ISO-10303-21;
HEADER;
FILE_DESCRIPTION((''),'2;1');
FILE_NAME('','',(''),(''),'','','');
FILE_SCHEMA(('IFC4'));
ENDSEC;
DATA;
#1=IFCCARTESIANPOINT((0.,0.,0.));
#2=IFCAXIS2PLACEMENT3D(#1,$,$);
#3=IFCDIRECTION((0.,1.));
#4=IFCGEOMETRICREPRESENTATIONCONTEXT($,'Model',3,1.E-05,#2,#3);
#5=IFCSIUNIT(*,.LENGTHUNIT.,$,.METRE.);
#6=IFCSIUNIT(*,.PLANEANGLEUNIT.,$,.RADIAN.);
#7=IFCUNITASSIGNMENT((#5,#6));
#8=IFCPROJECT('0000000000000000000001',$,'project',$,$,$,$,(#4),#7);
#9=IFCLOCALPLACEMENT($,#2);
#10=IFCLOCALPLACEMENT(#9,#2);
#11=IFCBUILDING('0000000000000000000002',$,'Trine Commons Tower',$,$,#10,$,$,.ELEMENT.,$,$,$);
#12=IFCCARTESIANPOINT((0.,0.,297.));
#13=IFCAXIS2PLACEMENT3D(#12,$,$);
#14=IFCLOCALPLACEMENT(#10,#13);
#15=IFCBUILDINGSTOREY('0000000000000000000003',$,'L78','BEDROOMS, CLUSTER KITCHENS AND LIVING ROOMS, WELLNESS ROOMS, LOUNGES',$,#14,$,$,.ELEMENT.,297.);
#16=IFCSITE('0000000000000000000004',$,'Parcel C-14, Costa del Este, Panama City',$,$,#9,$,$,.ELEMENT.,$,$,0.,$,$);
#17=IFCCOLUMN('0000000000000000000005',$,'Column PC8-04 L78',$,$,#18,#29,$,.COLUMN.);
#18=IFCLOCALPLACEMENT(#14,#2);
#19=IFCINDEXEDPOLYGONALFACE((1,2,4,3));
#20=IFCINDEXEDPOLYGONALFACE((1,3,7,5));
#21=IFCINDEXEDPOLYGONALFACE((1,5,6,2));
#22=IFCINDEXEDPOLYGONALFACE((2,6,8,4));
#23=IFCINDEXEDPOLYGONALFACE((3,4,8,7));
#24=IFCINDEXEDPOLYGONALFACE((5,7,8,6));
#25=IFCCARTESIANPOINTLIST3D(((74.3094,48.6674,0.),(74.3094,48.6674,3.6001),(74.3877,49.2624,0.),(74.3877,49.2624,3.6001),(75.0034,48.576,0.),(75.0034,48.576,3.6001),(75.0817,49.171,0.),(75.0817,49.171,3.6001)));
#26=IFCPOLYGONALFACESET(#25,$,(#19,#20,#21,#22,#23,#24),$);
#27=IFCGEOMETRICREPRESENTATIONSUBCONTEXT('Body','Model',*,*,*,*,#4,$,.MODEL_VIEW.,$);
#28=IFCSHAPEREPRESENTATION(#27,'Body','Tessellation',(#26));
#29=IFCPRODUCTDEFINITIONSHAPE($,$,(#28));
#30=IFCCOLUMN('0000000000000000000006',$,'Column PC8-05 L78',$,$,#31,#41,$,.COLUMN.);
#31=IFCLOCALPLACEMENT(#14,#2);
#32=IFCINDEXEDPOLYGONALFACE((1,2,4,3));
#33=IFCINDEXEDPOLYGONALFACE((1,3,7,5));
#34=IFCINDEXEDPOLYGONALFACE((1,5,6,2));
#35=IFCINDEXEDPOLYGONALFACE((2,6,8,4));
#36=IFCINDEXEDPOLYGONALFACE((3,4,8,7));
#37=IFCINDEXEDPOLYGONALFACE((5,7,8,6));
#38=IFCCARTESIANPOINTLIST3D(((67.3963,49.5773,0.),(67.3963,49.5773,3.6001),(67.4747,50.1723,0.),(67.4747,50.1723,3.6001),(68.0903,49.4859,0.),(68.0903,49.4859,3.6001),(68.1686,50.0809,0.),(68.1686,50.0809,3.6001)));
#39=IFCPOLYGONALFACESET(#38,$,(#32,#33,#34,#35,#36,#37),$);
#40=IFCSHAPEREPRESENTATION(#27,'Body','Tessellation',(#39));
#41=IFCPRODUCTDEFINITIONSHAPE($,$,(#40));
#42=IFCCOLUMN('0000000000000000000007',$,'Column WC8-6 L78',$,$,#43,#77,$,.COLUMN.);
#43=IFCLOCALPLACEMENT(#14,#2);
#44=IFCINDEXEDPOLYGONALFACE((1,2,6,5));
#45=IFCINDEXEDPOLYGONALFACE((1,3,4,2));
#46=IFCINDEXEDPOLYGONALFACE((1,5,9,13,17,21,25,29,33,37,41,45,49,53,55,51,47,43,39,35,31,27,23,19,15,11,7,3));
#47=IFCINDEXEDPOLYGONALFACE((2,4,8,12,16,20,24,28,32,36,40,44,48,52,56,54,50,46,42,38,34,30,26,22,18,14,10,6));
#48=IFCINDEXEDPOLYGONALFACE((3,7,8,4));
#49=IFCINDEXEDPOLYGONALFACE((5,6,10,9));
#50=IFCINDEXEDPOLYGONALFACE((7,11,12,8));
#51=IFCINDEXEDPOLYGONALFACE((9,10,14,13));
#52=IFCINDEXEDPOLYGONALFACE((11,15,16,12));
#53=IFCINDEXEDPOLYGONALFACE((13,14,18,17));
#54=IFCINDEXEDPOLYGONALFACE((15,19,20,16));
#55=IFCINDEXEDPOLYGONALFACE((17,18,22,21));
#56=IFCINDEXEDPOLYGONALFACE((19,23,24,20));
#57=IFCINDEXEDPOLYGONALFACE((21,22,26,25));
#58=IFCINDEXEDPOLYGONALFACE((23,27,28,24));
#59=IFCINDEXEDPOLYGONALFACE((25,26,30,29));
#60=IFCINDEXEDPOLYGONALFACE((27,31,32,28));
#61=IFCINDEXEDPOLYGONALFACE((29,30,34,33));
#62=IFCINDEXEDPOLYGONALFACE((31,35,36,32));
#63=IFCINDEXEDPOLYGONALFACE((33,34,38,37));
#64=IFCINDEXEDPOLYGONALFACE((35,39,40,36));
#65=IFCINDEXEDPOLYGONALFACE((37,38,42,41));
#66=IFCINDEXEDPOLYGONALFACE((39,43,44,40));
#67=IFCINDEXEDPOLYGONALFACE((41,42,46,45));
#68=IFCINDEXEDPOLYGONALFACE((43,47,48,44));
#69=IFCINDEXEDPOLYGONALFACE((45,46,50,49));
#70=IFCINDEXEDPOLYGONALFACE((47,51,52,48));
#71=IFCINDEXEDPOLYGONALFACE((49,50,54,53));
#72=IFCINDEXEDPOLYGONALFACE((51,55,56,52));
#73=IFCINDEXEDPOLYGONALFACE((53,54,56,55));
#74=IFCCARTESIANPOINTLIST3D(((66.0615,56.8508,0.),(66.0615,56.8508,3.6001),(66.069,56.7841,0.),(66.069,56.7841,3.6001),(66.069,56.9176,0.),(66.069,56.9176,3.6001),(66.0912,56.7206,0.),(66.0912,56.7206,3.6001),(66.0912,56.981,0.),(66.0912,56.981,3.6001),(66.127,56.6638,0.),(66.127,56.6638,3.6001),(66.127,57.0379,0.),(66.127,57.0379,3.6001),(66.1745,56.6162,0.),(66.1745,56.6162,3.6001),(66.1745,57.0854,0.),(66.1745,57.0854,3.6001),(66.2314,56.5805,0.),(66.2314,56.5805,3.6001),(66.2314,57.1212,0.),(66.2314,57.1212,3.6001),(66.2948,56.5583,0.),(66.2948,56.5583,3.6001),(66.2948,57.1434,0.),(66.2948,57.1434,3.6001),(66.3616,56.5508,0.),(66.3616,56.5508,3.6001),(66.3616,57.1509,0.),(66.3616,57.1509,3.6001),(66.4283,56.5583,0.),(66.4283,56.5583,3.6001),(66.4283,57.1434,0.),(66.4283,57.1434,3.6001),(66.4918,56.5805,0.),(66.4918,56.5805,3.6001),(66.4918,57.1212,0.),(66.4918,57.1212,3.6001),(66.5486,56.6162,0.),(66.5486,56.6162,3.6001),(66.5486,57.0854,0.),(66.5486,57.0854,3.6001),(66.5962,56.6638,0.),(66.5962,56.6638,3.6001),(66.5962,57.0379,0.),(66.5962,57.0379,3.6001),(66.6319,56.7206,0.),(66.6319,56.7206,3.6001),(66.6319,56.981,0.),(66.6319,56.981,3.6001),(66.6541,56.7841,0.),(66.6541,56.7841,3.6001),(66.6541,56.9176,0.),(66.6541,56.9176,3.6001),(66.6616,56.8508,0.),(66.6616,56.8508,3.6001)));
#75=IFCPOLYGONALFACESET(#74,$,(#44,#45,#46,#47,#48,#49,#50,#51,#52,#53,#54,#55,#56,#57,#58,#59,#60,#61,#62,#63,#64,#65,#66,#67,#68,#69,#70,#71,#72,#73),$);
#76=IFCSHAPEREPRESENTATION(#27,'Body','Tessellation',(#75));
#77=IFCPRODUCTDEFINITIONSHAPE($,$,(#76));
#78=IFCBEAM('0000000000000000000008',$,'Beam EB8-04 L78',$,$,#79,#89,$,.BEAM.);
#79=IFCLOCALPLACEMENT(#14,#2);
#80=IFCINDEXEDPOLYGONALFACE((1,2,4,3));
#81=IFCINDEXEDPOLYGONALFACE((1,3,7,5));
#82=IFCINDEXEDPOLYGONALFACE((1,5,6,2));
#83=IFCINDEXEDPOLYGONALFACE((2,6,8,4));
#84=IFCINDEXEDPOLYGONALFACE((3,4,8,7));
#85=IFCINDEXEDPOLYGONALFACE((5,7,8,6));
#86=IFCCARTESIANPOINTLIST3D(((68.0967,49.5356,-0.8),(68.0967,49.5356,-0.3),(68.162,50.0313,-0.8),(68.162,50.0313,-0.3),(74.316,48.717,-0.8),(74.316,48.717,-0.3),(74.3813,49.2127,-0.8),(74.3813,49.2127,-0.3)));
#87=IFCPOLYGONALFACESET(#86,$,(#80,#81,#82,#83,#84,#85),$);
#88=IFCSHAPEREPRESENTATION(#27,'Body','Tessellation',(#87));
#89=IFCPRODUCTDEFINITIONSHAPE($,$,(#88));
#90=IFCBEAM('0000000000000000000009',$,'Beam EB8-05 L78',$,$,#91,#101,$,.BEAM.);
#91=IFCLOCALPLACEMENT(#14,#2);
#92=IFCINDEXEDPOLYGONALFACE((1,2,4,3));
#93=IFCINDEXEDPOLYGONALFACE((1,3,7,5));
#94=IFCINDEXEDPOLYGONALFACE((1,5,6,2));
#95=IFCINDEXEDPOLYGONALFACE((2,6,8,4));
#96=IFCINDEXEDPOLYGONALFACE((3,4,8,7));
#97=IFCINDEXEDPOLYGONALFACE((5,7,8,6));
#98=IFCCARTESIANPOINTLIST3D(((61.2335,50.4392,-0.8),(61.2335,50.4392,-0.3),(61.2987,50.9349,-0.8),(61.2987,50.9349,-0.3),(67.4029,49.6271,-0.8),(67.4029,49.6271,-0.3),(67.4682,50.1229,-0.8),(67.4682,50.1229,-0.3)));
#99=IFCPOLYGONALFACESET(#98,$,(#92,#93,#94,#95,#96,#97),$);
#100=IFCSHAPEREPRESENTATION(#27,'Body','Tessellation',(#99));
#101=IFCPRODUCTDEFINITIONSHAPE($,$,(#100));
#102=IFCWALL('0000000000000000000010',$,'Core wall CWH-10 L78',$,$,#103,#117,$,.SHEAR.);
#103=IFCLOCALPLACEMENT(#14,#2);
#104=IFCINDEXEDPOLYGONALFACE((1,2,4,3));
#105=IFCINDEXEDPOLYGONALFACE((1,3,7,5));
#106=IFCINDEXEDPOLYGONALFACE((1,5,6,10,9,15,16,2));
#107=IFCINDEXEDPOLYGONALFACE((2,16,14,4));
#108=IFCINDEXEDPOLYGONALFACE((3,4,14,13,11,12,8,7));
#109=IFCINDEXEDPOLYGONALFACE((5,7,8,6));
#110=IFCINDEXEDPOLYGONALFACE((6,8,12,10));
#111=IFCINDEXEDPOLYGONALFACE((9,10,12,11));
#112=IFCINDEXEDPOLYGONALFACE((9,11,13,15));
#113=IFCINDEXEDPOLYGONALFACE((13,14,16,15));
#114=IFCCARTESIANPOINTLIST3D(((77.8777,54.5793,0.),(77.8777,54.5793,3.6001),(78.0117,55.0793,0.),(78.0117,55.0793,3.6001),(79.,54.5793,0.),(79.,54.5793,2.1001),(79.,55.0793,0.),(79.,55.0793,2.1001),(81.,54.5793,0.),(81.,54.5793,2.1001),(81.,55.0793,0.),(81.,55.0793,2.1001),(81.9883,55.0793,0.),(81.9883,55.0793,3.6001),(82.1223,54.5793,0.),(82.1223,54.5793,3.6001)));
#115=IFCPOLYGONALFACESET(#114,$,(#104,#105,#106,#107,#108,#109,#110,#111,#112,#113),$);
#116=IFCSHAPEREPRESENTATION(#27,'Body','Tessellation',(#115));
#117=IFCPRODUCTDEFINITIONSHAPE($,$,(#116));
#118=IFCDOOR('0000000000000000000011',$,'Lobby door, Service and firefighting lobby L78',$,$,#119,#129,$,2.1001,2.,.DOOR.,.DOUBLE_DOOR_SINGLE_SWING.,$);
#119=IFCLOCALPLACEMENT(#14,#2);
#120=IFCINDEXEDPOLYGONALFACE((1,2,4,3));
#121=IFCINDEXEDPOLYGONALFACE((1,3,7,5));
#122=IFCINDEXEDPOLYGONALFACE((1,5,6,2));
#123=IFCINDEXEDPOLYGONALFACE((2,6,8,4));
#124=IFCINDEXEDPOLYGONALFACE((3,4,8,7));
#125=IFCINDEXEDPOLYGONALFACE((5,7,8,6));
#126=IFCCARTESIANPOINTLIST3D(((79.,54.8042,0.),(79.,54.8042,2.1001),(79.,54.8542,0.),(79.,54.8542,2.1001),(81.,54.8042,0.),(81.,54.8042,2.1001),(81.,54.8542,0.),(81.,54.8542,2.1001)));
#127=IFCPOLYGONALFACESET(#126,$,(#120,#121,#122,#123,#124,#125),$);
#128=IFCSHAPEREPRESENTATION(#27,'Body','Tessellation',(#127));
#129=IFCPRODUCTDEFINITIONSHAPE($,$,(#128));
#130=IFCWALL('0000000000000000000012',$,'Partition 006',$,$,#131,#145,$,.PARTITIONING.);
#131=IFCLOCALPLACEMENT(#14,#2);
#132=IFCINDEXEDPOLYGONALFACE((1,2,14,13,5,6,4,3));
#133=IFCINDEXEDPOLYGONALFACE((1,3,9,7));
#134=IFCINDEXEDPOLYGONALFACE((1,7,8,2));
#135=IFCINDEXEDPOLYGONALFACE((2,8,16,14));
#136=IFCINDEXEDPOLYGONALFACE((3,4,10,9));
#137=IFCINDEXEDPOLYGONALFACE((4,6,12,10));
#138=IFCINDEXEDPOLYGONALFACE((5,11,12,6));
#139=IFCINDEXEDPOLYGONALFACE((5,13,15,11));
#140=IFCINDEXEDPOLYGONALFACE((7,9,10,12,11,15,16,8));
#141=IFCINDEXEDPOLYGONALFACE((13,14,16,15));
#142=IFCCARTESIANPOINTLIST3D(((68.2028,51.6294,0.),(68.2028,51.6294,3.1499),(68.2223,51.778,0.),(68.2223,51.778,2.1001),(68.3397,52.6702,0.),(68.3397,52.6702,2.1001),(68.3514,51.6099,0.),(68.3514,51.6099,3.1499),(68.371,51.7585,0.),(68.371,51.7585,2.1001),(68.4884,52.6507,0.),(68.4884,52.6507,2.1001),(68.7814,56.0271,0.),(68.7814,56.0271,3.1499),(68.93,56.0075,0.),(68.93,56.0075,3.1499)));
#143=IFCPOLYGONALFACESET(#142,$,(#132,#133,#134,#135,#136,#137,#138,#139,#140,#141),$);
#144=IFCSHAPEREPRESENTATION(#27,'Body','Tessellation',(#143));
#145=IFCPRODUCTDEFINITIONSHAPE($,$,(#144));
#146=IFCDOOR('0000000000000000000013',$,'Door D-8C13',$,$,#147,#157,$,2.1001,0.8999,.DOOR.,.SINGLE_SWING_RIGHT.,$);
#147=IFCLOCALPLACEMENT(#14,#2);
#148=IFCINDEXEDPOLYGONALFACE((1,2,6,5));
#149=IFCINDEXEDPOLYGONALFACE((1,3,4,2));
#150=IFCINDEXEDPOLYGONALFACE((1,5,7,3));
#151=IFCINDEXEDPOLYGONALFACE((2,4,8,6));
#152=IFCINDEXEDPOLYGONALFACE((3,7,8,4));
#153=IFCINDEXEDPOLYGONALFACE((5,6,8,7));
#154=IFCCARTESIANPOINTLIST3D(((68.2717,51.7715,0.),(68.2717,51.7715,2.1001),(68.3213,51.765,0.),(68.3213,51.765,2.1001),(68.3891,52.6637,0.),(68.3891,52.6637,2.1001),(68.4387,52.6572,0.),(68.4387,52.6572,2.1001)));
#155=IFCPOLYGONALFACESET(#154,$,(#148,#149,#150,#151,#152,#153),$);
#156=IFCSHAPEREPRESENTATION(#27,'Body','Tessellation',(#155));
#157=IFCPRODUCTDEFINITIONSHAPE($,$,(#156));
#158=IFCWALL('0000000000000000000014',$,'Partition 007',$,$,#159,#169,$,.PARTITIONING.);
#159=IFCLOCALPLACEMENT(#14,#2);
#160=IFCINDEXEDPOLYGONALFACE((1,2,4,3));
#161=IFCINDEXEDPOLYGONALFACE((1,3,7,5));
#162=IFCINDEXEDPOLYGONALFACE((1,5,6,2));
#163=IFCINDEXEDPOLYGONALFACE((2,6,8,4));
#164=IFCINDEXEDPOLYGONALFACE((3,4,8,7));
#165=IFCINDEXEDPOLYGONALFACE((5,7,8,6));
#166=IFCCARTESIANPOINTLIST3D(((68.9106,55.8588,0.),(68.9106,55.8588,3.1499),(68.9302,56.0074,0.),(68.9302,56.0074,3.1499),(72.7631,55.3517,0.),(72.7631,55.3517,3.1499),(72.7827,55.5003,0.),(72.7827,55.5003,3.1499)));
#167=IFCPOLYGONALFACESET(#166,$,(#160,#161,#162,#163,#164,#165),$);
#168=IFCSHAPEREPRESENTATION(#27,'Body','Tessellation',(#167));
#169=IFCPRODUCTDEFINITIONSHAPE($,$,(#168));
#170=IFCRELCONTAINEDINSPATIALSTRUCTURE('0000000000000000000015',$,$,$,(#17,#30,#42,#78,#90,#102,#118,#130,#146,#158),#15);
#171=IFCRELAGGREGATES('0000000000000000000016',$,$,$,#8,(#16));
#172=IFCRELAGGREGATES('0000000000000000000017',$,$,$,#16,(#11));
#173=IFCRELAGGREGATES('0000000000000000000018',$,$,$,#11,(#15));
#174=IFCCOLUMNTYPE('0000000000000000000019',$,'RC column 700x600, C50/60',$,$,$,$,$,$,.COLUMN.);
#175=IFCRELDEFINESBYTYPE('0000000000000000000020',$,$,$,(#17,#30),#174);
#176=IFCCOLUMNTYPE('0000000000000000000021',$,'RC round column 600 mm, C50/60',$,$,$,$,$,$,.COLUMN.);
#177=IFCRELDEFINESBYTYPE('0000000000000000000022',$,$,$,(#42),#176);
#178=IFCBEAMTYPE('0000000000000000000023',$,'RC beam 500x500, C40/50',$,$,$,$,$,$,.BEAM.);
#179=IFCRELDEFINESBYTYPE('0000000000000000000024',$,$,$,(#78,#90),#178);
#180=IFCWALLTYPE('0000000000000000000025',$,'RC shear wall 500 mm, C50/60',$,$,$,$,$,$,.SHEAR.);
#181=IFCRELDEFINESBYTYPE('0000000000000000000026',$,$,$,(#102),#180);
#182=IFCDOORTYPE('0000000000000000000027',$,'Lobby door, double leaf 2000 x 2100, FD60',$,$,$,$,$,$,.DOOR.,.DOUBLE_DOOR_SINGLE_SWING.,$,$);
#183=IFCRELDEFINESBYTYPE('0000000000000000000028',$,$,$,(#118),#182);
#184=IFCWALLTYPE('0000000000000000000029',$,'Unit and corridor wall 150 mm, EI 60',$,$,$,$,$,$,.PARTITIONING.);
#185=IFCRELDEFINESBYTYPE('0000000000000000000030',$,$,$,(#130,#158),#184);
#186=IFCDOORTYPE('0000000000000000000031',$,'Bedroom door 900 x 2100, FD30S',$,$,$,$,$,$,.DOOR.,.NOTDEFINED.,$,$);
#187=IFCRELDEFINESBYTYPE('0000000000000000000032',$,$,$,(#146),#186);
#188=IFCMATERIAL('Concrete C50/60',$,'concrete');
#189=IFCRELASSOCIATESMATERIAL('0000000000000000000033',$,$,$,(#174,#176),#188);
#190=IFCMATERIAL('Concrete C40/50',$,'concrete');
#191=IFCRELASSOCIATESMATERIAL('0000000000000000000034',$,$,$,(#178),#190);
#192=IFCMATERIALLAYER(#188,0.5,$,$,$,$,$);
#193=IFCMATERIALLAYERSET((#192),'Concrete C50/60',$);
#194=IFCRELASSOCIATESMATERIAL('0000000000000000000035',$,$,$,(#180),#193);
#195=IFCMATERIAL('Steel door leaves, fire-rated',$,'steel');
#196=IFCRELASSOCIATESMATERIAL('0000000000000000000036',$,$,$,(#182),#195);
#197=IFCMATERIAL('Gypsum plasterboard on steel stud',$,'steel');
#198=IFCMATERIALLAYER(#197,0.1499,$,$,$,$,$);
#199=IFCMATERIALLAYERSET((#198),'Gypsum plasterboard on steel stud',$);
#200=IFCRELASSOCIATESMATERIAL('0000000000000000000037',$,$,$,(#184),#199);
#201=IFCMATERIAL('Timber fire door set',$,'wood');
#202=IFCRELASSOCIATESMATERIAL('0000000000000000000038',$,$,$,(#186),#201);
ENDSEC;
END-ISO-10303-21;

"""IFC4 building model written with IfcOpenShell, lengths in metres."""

from ifc_helpers import new_model, si_unit, direction, frame, frame_2d, origin, origin_2d, place, context, subcontext, project, spatial, polyline, rectangle, circle, outline, extrude, material, layer, layer_set, material_profile, profile_set, type_object, element, fill, save


model = new_model("IFC4")

# Units and contexts
model_context = context("Model", 3, precision=1e-05, world=origin(), true_north=direction((0.0, 1.0)))
body_context = subcontext(model_context, "Body", "Model", "MODEL_VIEW")
ifc_project = project(units=[si_unit("LENGTHUNIT", "METRE"), si_unit("PLANEANGLEUNIT", "RADIAN")], contexts=[model_context])

# Site, building, storey
site_placement = place(None, origin())
site = spatial("IfcSite", under=ifc_project, at=site_placement, Name="Parcel C-14, Costa del Este, Panama City", CompositionType="ELEMENT", RefElevation=0.0)
building_placement = place(site_placement, origin())
building = spatial("IfcBuilding", under=site, at=building_placement, Name="Trine Commons Tower", CompositionType="ELEMENT")
storey_placement = place(building_placement, frame((0.0, 0.0, 297.0)))
storey = spatial("IfcBuildingStorey", under=building, at=storey_placement, Name="L78", Description="BEDROOMS, CLUSTER KITCHENS AND LIVING ROOMS, WELLNESS ROOMS, LOUNGES", CompositionType="ELEMENT", Elevation=297.0)

# Columns
ifc_material_1 = material(Name="Concrete C50/60", Category="concrete")
ifc_material_profile_1 = material_profile(ifc_material_1, rectangle(XDim=0.7, YDim=0.6001, at=origin_2d()), Name="RC 700x600")
ifc_profile_set_1 = profile_set([ifc_material_profile_1], Name="Concrete C50/60")
column_type_1 = type_object("IfcColumnType", Name="RC column 700x600, C50/60", PredefinedType="COLUMN", material=ifc_profile_set_1)
for number, where, z_axis, x_axis, name in (
    (1, (74.6956, 48.9192, 0.0), (0.0, 0.0, 1.0), (-0.991445, 0.130526, 0.0), "Column PC8-04 L78"),
    (2, (67.7825, 49.8291, 0.0), (0.0, 0.0, 1.0), (-0.991445, 0.130526, 0.0), "Column PC8-05 L78"),
):
    element("IfcColumn", number, at=place(storey_placement, frame(where, z_axis=z_axis, x_axis=x_axis)), inside=storey, type_object=column_type_1, Name=name, PredefinedType="COLUMN", context=body_context, shape_type="SweptSolid", body=[
        extrude(rectangle(XDim=0.7, YDim=0.6001, at=origin_2d()), origin(), (0.0, 0.0, 1.0), 3.6001),
    ])
ifc_material_profile_2 = material_profile(ifc_material_1, circle(Radius=0.3, at=origin_2d()), Name="RC round 600")
ifc_profile_set_2 = profile_set([ifc_material_profile_2], Name="Concrete C50/60")
column_type_2 = type_object("IfcColumnType", Name="RC round column 600 mm, C50/60", PredefinedType="COLUMN", material=ifc_profile_set_2)
column_placement = place(storey_placement, frame((66.3616, 56.8508, 0.0), z_axis=(0.0, 0.0, 1.0), x_axis=(1.0, 0.0, 0.0)))
element("IfcColumn", 3, at=column_placement, inside=storey, type_object=column_type_2, Name="Column WC8-6 L78", PredefinedType="COLUMN", context=body_context, shape_type="SweptSolid", body=[
    extrude(circle(Radius=0.3, at=origin_2d()), origin(), (0.0, 0.0, 1.0), 3.6001),
])

# Beams
ifc_material_2 = material(Name="Concrete C40/50", Category="concrete")
ifc_material_profile_3 = material_profile(ifc_material_2, rectangle(XDim=0.5, YDim=0.5, at=origin_2d()), Name="RC 500x500")
ifc_profile_set_3 = profile_set([ifc_material_profile_3], Name="Concrete C40/50")
beam_type = type_object("IfcBeamType", Name="RC beam 500x500, C40/50", PredefinedType="BEAM", material=ifc_profile_set_3)
beam_1_placement = place(storey_placement, frame((74.3486, 48.9648, -0.55), z_axis=(-0.991448, 0.130499, 0.0), x_axis=(-0.130499, -0.991448, 0.0)))
element("IfcBeam", 4, at=beam_1_placement, inside=storey, type_object=beam_type, Name="Beam EB8-04 L78", PredefinedType="BEAM", context=body_context, shape_type="SweptSolid", body=[
    extrude(rectangle(XDim=0.5, YDim=0.5, at=origin_2d()), origin(), (0.0, 0.0, 1.0), 6.2729),
])
beam_2_placement = place(storey_placement, frame((67.4355, 49.875, -0.55), z_axis=(-0.991449, 0.130493, 0.0), x_axis=(-0.130493, -0.991449, 0.0)))
element("IfcBeam", 5, at=beam_2_placement, inside=storey, type_object=beam_type, Name="Beam EB8-05 L78", PredefinedType="BEAM", context=body_context, shape_type="SweptSolid", body=[
    extrude(rectangle(XDim=0.5, YDim=0.5, at=origin_2d()), origin(), (0.0, 0.0, 1.0), 6.2227),
])

# Walls, openings, doors
ifc_layer_1 = layer(ifc_material_1, 0.5)
ifc_layer_set_1 = layer_set([ifc_layer_1], Name="Concrete C50/60")
wall_type_1 = type_object("IfcWallType", Name="RC shear wall 500 mm, C50/60", PredefinedType="SHEAR", material=ifc_layer_set_1)
wall_1_placement = place(storey_placement, frame((77.8777, 54.8293, 0.0), z_axis=(0.0, 0.0, 1.0), x_axis=(1.0, 0.0, 0.0)))
wall_1 = element("IfcWall", 6, at=wall_1_placement, inside=storey, type_object=wall_type_1, Name="Core wall CWH-10 L78", PredefinedType="SHEAR", context=body_context, shape_type="SweptSolid", body=[
    extrude(outline(polyline([(0.0, -0.25), (4.2446, -0.25), (4.1106, 0.25), (0.134, 0.25), (0.0, -0.25)])), origin(), (0.0, 0.0, 1.0), 3.6001),
])
opening_1_placement = place(wall_1_placement, frame((1.1223, 0.0, 0.0)))
opening_1 = element("IfcOpeningElement", 7, at=opening_1_placement, cuts=wall_1, PredefinedType="OPENING", context=body_context, shape_type="SweptSolid", body=[
    extrude(rectangle(XDim=2.0, YDim=2.1001, at=frame_2d((1.0, 1.05))), frame((0.0, 0.26, 0.0), z_axis=(0.0, -1.0, 0.0), x_axis=(1.0, 0.0, 0.0)), (0.0, 0.0, 1.0), 0.52),
])
ifc_material_3 = material(Name="Steel door leaves, fire-rated", Category="steel")
door_type_1 = type_object("IfcDoorType", Name="Lobby door, double leaf 2000 x 2100, FD60", OperationType="DOUBLE_DOOR_SINGLE_SWING", PredefinedType="DOOR", material=ifc_material_3)
door_1_placement = place(opening_1_placement, origin())
door_1 = element("IfcDoor", 8, at=door_1_placement, inside=storey, type_object=door_type_1, Name="Lobby door, Service and firefighting lobby L78", OperationType="DOUBLE_DOOR_SINGLE_SWING", OverallHeight=2.1001, OverallWidth=2.0, PredefinedType="DOOR", context=body_context, shape_type="SweptSolid", body=[
    extrude(rectangle(XDim=2.0, YDim=2.1001, at=frame_2d((1.0, 1.05))), frame((0.0, 0.0249, 0.0), z_axis=(0.0, -1.0, 0.0), x_axis=(1.0, 0.0, 0.0)), (0.0, 0.0, 1.0), 0.05),
])
fill(opening_1, door_1)
ifc_material_4 = material(Name="Gypsum plasterboard on steel stud", Category="steel")
ifc_layer_2 = layer(ifc_material_4, 0.1499)
ifc_layer_set_2 = layer_set([ifc_layer_2], Name="Gypsum plasterboard on steel stud")
wall_type_2 = type_object("IfcWallType", Name="Unit and corridor wall 150 mm, EI 60", PredefinedType="PARTITIONING", material=ifc_layer_set_2)
wall_2_placement = place(storey_placement, frame((68.2771, 51.6196, 0.0), z_axis=(0.0, 0.0, 1.0), x_axis=(0.130447, 0.991455, 0.0)))
wall_2 = element("IfcWall", 9, at=wall_2_placement, inside=storey, type_object=wall_type_2, Name="Partition 006", PredefinedType="PARTITIONING", context=body_context, shape_type="SweptSolid", body=[
    extrude(rectangle(XDim=4.4355, YDim=0.1499, at=frame_2d((2.2178, 0.0))), origin(), (0.0, 0.0, 1.0), 3.1499),
])
opening_2_placement = place(wall_2_placement, frame((0.1499, 0.0, 0.0)))
opening_2 = element("IfcOpeningElement", 10, at=opening_2_placement, cuts=wall_2, PredefinedType="OPENING", context=body_context, shape_type="SweptSolid", body=[
    extrude(rectangle(XDim=0.8999, YDim=2.1001, at=frame_2d((0.45, 1.05))), frame((0.0, 0.085, 0.0), z_axis=(0.0, -1.0, 0.0), x_axis=(1.0, 0.0, 0.0)), (0.0, 0.0, 1.0), 0.1699),
])
ifc_material_5 = material(Name="Timber fire door set", Category="wood")
door_type_2 = type_object("IfcDoorType", Name="Bedroom door 900 x 2100, FD30S", OperationType="NOTDEFINED", PredefinedType="DOOR", material=ifc_material_5)
door_2_placement = place(opening_2_placement, frame((0.8999, 0.0, 0.0), z_axis=(0.0, 0.0, 1.0), x_axis=(-1.0, 0.0, 0.0)))
door_2 = element("IfcDoor", 11, at=door_2_placement, inside=storey, type_object=door_type_2, Name="Door D-8C13", OperationType="SINGLE_SWING_RIGHT", OverallHeight=2.1001, OverallWidth=0.8999, PredefinedType="DOOR", context=body_context, shape_type="SweptSolid", body=[
    extrude(rectangle(XDim=0.8999, YDim=2.1001, at=frame_2d((0.45, 1.05))), frame((0.0, 0.0249, 0.0), z_axis=(0.0, -1.0, 0.0), x_axis=(1.0, 0.0, 0.0)), (0.0, 0.0, 1.0), 0.05),
])
fill(opening_2, door_2)

# Wall
wall_3_placement = place(storey_placement, frame((68.9204, 55.9331, 0.0), z_axis=(0.0, 0.0, 1.0), x_axis=(0.991449, -0.130497, 0.0)))
element("IfcWall", 12, at=wall_3_placement, inside=storey, type_object=wall_type_2, Name="Partition 007", PredefinedType="PARTITIONING", context=body_context, shape_type="SweptSolid", body=[
    extrude(rectangle(XDim=3.8857, YDim=0.1499, at=frame_2d((1.9429, 0.0))), origin(), (0.0, 0.0, 1.0), 3.1499),
])

save(model, "model.ifc")
